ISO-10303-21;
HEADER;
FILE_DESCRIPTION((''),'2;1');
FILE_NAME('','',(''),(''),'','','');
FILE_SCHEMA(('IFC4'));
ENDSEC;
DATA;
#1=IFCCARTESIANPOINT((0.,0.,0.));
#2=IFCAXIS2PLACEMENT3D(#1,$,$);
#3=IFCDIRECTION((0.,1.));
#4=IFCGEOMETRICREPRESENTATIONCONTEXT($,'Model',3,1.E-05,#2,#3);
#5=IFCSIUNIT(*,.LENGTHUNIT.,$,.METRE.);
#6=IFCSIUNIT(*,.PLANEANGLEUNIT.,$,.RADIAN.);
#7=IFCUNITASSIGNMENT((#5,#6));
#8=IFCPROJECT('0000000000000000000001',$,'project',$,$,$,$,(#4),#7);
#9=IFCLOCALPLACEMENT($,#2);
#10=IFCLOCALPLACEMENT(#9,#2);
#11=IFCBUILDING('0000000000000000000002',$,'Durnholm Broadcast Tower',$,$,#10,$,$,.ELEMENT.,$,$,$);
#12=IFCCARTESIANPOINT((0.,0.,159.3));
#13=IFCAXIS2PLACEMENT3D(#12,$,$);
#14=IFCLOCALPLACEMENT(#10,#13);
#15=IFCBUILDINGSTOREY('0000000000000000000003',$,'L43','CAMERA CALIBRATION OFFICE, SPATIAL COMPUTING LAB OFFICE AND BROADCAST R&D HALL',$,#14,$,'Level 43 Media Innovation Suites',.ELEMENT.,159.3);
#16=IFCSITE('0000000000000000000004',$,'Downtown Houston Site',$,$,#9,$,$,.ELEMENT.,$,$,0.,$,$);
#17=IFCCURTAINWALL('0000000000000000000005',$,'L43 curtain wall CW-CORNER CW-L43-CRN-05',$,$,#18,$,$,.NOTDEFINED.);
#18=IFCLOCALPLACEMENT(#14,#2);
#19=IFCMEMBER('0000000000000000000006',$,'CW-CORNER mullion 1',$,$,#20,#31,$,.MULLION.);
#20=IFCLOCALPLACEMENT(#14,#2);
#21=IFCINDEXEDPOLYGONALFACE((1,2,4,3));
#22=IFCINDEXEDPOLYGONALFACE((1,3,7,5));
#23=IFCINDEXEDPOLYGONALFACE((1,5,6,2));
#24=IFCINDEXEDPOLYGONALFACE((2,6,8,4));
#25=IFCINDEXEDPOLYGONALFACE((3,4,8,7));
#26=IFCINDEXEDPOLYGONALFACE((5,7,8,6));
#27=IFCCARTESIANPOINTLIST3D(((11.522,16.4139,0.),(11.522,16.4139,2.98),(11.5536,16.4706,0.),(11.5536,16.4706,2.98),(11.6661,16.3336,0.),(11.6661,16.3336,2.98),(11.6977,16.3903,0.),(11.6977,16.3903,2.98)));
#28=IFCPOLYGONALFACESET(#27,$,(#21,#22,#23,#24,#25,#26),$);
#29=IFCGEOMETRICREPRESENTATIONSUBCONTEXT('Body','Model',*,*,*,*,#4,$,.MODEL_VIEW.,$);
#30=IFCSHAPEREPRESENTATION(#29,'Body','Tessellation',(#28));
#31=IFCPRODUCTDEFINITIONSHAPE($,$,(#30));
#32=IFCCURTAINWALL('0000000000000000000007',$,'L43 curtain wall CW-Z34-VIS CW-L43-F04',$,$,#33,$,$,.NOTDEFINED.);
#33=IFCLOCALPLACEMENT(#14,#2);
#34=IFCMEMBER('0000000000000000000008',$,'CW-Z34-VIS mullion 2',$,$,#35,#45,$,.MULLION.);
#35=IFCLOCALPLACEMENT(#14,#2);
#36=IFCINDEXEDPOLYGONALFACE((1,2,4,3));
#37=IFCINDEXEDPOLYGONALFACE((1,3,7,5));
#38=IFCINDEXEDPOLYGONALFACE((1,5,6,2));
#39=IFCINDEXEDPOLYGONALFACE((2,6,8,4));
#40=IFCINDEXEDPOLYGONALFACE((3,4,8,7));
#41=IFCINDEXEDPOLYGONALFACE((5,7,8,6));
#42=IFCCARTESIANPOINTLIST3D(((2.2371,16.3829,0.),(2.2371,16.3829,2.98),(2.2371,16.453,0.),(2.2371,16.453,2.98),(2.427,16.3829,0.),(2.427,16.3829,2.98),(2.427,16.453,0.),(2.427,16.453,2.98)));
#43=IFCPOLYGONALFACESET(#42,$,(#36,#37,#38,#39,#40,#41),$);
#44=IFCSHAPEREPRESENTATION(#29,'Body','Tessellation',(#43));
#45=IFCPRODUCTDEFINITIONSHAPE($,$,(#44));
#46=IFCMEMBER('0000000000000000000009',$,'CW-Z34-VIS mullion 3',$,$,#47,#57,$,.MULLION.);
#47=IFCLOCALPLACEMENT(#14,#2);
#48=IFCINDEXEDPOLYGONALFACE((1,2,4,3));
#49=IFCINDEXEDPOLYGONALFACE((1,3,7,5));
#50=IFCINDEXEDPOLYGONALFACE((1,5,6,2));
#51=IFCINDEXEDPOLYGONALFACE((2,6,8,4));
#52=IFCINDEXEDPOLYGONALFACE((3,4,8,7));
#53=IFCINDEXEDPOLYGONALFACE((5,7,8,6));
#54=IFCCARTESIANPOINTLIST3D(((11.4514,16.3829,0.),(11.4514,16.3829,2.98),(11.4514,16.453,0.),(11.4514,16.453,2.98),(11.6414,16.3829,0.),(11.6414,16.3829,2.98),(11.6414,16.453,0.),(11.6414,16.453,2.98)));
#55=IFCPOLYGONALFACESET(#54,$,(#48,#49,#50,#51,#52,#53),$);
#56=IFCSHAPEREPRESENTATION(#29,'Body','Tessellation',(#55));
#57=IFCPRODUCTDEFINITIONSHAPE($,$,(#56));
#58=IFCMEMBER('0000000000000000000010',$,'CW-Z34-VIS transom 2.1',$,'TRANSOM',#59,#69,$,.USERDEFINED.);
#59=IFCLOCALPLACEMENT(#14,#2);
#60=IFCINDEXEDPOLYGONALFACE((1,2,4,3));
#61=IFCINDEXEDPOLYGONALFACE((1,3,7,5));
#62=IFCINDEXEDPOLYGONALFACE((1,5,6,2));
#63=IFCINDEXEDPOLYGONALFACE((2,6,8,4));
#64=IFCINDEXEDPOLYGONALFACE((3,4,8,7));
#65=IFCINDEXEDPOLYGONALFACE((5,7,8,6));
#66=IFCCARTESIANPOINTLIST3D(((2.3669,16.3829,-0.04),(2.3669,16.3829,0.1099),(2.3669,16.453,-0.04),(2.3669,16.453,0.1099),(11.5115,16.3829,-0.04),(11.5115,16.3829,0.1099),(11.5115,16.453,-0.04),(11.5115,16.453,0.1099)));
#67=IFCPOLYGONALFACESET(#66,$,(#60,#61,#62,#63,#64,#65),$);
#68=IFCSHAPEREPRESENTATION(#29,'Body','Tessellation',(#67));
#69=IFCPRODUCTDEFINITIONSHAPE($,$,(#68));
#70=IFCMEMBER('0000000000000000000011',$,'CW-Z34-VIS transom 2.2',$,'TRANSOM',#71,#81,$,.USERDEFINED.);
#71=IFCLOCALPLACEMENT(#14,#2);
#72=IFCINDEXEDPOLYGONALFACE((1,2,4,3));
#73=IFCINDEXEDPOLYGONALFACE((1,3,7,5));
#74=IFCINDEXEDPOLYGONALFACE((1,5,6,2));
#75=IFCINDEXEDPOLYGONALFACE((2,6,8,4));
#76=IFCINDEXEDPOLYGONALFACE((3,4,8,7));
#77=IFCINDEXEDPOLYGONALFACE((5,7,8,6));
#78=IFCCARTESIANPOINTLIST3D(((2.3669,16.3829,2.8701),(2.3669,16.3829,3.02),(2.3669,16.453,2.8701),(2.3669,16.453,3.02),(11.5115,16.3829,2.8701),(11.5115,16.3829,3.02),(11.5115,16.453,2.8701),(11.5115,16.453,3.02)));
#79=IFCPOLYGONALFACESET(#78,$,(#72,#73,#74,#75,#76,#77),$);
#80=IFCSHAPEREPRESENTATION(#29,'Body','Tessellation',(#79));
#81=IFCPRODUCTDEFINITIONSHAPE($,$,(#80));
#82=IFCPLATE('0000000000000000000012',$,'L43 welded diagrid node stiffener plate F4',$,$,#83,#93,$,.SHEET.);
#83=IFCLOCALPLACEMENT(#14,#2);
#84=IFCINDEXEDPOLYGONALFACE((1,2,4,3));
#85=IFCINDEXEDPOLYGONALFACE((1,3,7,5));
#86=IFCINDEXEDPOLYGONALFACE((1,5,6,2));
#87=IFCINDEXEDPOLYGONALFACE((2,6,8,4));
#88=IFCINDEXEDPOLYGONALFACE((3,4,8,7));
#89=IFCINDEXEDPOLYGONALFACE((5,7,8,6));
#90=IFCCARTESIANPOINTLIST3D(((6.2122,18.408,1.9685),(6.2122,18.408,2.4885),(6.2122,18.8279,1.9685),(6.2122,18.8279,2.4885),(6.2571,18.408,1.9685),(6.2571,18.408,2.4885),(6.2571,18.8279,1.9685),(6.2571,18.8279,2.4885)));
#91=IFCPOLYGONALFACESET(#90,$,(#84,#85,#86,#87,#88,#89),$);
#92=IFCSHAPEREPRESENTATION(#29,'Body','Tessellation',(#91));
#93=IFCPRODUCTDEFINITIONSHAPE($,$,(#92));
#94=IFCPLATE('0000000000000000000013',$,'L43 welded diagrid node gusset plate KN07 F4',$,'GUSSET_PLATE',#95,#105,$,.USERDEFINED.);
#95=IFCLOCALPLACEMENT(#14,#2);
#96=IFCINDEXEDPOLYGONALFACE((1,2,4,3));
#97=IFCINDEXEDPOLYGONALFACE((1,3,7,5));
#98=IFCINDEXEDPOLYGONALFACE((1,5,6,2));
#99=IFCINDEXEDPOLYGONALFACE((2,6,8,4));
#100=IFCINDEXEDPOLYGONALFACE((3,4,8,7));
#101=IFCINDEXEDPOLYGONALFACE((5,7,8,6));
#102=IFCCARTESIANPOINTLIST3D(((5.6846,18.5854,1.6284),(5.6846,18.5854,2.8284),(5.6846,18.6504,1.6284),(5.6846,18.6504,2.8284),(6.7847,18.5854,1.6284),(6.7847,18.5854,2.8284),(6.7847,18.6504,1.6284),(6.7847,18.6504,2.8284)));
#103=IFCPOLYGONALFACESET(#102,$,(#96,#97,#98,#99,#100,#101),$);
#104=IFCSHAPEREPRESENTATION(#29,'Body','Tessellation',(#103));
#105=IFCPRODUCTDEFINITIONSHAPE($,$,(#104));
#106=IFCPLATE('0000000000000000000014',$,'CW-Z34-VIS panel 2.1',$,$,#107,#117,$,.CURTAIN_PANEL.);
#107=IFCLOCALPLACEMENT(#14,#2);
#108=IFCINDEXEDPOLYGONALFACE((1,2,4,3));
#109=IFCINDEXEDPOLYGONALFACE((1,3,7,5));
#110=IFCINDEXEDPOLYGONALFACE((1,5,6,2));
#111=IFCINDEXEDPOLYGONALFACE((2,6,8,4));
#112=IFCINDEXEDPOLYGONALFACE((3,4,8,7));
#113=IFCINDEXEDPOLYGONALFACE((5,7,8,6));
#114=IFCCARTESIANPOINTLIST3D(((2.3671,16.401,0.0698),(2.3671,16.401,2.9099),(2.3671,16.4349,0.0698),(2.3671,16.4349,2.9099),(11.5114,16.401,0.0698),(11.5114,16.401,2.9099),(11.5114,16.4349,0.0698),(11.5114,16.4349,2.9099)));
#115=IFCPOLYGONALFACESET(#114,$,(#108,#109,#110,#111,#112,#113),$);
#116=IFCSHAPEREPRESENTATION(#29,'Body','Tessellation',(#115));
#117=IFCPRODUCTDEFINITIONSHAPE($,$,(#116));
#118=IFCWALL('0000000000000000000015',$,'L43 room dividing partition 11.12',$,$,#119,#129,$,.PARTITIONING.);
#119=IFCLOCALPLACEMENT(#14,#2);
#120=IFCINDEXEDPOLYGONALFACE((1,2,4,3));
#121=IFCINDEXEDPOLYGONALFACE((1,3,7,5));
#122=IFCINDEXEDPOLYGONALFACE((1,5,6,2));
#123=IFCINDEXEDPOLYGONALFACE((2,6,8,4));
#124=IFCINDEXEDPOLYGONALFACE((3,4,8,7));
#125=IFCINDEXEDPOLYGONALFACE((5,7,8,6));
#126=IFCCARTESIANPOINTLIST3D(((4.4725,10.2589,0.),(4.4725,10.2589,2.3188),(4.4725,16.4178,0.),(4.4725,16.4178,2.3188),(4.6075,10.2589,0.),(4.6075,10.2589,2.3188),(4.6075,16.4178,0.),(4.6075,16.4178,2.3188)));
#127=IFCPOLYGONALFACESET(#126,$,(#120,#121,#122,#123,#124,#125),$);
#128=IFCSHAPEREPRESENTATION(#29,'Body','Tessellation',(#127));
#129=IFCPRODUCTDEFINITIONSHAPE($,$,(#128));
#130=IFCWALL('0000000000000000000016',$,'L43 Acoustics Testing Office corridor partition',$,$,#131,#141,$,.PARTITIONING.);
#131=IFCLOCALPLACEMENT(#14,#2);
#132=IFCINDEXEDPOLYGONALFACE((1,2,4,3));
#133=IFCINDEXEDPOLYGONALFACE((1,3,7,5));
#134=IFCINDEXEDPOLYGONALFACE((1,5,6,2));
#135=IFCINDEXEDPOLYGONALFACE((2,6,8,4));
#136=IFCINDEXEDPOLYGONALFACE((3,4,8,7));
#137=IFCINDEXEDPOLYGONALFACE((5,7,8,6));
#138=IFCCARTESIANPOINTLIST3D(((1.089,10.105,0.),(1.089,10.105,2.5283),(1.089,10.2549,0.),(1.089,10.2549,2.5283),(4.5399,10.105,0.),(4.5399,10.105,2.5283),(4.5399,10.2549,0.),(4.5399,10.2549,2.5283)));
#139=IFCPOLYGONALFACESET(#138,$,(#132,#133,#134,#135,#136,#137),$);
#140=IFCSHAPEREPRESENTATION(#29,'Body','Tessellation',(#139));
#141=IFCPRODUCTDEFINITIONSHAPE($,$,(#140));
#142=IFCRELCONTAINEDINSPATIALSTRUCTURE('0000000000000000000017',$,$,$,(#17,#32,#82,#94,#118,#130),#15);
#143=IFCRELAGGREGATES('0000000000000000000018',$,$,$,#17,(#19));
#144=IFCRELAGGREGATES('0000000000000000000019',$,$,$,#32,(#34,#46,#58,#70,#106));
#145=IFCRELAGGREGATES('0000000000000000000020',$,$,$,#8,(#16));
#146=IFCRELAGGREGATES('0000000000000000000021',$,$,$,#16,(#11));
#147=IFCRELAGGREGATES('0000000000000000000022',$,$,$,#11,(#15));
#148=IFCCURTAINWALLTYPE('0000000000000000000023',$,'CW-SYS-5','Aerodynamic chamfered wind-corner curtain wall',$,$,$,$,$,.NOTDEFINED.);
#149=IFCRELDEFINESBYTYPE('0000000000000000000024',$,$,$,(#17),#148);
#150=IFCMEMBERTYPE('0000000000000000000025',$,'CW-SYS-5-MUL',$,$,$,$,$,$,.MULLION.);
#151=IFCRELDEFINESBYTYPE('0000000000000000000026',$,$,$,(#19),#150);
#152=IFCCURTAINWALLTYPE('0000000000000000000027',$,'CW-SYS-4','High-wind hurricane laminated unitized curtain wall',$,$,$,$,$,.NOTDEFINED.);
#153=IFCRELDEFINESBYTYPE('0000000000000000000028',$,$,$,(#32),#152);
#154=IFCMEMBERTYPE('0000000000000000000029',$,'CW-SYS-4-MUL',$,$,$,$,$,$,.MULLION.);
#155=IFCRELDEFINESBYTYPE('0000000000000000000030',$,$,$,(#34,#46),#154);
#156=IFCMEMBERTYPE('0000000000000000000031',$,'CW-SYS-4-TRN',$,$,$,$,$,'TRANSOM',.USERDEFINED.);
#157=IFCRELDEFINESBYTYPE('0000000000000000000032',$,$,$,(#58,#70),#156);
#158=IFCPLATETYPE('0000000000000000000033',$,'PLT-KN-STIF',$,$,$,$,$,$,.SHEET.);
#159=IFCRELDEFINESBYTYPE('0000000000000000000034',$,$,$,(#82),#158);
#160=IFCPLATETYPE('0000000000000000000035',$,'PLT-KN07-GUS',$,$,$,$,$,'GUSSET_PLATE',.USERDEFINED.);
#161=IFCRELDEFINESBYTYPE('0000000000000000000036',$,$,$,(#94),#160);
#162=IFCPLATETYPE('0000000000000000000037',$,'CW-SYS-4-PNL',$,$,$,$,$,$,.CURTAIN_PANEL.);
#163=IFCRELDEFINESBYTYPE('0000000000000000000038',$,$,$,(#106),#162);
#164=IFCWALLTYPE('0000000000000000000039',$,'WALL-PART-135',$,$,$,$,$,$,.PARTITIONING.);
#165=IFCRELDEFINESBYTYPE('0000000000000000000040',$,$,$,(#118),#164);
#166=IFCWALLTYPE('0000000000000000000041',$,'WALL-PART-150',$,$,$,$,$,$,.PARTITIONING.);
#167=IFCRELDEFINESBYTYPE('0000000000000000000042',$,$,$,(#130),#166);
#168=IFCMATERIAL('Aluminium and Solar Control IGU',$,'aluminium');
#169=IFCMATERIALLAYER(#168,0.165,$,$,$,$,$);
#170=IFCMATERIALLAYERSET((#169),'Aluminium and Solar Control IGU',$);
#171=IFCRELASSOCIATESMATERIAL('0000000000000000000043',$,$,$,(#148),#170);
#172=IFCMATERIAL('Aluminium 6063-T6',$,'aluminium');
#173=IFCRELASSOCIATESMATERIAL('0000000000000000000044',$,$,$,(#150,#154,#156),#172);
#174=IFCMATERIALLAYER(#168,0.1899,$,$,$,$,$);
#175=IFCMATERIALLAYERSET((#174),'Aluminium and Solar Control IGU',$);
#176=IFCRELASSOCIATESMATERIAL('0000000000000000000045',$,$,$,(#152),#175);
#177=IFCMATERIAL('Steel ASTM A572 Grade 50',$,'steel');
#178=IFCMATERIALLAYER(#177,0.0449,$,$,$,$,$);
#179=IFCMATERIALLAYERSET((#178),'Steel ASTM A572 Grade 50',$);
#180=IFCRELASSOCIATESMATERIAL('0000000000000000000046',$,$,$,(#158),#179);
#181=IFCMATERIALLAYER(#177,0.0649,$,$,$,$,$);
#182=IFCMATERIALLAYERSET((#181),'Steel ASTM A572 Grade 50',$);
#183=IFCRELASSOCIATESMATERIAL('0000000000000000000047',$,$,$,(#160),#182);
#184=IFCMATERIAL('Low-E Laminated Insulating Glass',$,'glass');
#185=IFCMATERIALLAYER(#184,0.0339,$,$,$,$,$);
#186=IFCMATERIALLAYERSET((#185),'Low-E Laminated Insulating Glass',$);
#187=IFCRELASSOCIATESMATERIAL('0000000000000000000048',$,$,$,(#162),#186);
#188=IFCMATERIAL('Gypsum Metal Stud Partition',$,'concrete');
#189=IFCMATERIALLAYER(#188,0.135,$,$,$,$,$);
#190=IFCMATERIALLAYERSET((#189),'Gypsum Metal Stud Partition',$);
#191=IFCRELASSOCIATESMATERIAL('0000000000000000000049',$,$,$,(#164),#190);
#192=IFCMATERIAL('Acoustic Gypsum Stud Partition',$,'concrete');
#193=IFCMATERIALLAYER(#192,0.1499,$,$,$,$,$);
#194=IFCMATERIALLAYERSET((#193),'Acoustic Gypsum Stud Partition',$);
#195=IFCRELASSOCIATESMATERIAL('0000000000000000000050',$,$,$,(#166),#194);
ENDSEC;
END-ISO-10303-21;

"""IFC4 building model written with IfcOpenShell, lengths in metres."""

from ifc_helpers import new_model, si_unit, direction, frame, frame_2d, origin, origin_2d, place, context, subcontext, project, spatial, rectangle, extrude, source, transform, mapped, material, layer, layer_set, material_profile, profile_set, type_object, type_shapes, element, aggregate, save


model = new_model("IFC4")

# Units and contexts
model_context = context("Model", 3, precision=1e-05, world=origin(), true_north=direction((0.0, 1.0)))
body_context = subcontext(model_context, "Body", "Model", "MODEL_VIEW")
ifc_project = project(units=[si_unit("LENGTHUNIT", "METRE"), si_unit("PLANEANGLEUNIT", "RADIAN")], contexts=[model_context])

# Site, building, storey
site_placement = place(None, origin())
site = spatial("IfcSite", under=ifc_project, at=site_placement, Name="Downtown Houston Site", CompositionType="ELEMENT", RefElevation=0.0)
building_placement = place(site_placement, origin())
building = spatial("IfcBuilding", under=site, at=building_placement, Name="Durnholm Broadcast Tower", CompositionType="ELEMENT")
storey_placement = place(building_placement, frame((0.0, 0.0, 159.3)))
storey = spatial("IfcBuildingStorey", under=building, at=storey_placement, Name="L43", Description="CAMERA CALIBRATION OFFICE, SPATIAL COMPUTING LAB OFFICE AND BROADCAST R&D HALL", LongName="Level 43 Media Innovation Suites", CompositionType="ELEMENT", Elevation=159.3)

# Curtain wall, member
ifc_material_1 = material(Name="Aluminium and Solar Control IGU", Category="aluminium")
ifc_layer_1 = layer(ifc_material_1, 0.165)
ifc_layer_set_1 = layer_set([ifc_layer_1], Name="Aluminium and Solar Control IGU")
curtain_wall_type_1 = type_object("IfcCurtainWallType", Name="CW-SYS-5", Description="Aerodynamic chamfered wind-corner curtain wall", PredefinedType="NOTDEFINED", material=ifc_layer_set_1)
curtain_wall_1_placement = place(storey_placement, origin())
curtain_wall_1 = element("IfcCurtainWall", 1, at=curtain_wall_1_placement, inside=storey, type_object=curtain_wall_type_1, Name="L43 curtain wall CW-CORNER CW-L43-CRN-05", PredefinedType="NOTDEFINED")
ifc_material_2 = material(Name="Aluminium 6063-T6", Category="aluminium")
ifc_material_profile_1 = material_profile(ifc_material_2, rectangle(XDim=0.0649, YDim=0.165, at=origin_2d()), Name="CWM65X165")
ifc_profile_set_1 = profile_set([ifc_material_profile_1], Name="Aluminium 6063-T6")
member_type_1 = type_object("IfcMemberType", Name="CW-SYS-5-MUL", PredefinedType="MULLION", material=ifc_profile_set_1)
shared_shape_1 = source(origin(), body_context, "Body", "SweptSolid", [
    extrude(rectangle(XDim=0.0649, YDim=0.165, at=origin_2d()), origin(), (0.0, 0.0, 1.0), 2.98),
])
type_shapes(member_type_1, [shared_shape_1])
member_1_placement = place(storey_placement, frame((11.6099, 16.4021, 0.0), z_axis=(0.0, 0.0, 1.0), x_axis=(0.486986, 0.87341, 0.0)))
member_1 = element("IfcMember", 2, at=member_1_placement, type_object=member_type_1, Name="CW-CORNER mullion 1", PredefinedType="MULLION", context=body_context, shape_type="MappedRepresentation", body=[
    mapped(shared_shape_1, transform((0.0, 0.0, 0.0), x_axis=(1.0, 0.0, 0.0), y_axis=(0.0, 1.0, 0.0), z_axis=(0.0, 0.0, 1.0), scale=1.0)),
])
aggregate(curtain_wall_1, [member_1])

# Curtain wall, members
ifc_layer_2 = layer(ifc_material_1, 0.1899)
ifc_layer_set_2 = layer_set([ifc_layer_2], Name="Aluminium and Solar Control IGU")
curtain_wall_type_2 = type_object("IfcCurtainWallType", Name="CW-SYS-4", Description="High-wind hurricane laminated unitized curtain wall", PredefinedType="NOTDEFINED", material=ifc_layer_set_2)
curtain_wall_2_placement = place(storey_placement, origin())
curtain_wall_2 = element("IfcCurtainWall", 3, at=curtain_wall_2_placement, inside=storey, type_object=curtain_wall_type_2, Name="L43 curtain wall CW-Z34-VIS CW-L43-F04", PredefinedType="NOTDEFINED")
ifc_material_profile_2 = material_profile(ifc_material_2, rectangle(XDim=0.0701, YDim=0.1899, at=origin_2d()), Name="CWM70X190")
ifc_profile_set_2 = profile_set([ifc_material_profile_2], Name="Aluminium 6063-T6")
member_type_2 = type_object("IfcMemberType", Name="CW-SYS-4-MUL", PredefinedType="MULLION", material=ifc_profile_set_2)
shared_shape_2 = source(origin(), body_context, "Body", "SweptSolid", [
    extrude(rectangle(XDim=0.0701, YDim=0.1899, at=origin_2d()), origin(), (0.0, 0.0, 1.0), 2.98),
])
type_shapes(member_type_2, [shared_shape_2])
member_2_placement = place(storey_placement, frame((2.332, 16.418, 0.0), z_axis=(0.0, 0.0, 1.0), x_axis=(0.0, 1.0, 0.0)))
member_2 = element("IfcMember", 4, at=member_2_placement, type_object=member_type_2, Name="CW-Z34-VIS mullion 2", PredefinedType="MULLION", context=body_context, shape_type="MappedRepresentation", body=[
    mapped(shared_shape_2, transform((0.0, 0.0, 0.0), x_axis=(1.0, 0.0, 0.0), y_axis=(0.0, 1.0, 0.0), z_axis=(0.0, 0.0, 1.0), scale=1.0)),
])
member_3_placement = place(storey_placement, frame((11.5464, 16.418, 0.0), z_axis=(0.0, 0.0, 1.0), x_axis=(0.0, 1.0, 0.0)))
member_3 = element("IfcMember", 5, at=member_3_placement, type_object=member_type_2, Name="CW-Z34-VIS mullion 3", PredefinedType="MULLION", context=body_context, shape_type="MappedRepresentation", body=[
    mapped(shared_shape_2, transform((0.0, 0.0, 0.0), x_axis=(1.0, 0.0, 0.0), y_axis=(0.0, 1.0, 0.0), z_axis=(0.0, 0.0, 1.0), scale=1.0)),
])
ifc_material_profile_3 = material_profile(ifc_material_2, rectangle(XDim=0.0701, YDim=0.1499, at=origin_2d()), Name="CWT70X150")
ifc_profile_set_3 = profile_set([ifc_material_profile_3], Name="Aluminium 6063-T6")
member_type_3 = type_object("IfcMemberType", Name="CW-SYS-4-TRN", ElementType="TRANSOM", PredefinedType="USERDEFINED", material=ifc_profile_set_3)
shared_shape_3 = source(origin(), body_context, "Body", "SweptSolid", [
    extrude(rectangle(XDim=0.0701, YDim=0.1499, at=origin_2d()), origin(), (0.0, 0.0, 1.0), 9.1445),
])
type_shapes(member_type_3, [shared_shape_3])
member_4_placement = place(storey_placement, frame((2.3669, 16.418, 0.0349), z_axis=(1.0, 0.0, 0.0), x_axis=(0.0, 1.0, 0.0)))
member_4 = element("IfcMember", 6, at=member_4_placement, type_object=member_type_3, Name="CW-Z34-VIS transom 2.1", ObjectType="TRANSOM", PredefinedType="USERDEFINED", context=body_context, shape_type="MappedRepresentation", body=[
    mapped(shared_shape_3, transform((0.0, 0.0, 0.0), x_axis=(1.0, 0.0, 0.0), y_axis=(0.0, 1.0, 0.0), z_axis=(0.0, 0.0, 1.0), scale=1.0)),
])
member_5_placement = place(storey_placement, frame((2.3669, 16.418, 2.9451), z_axis=(1.0, 0.0, 0.0), x_axis=(0.0, 1.0, 0.0)))
member_5 = element("IfcMember", 7, at=member_5_placement, type_object=member_type_3, Name="CW-Z34-VIS transom 2.2", ObjectType="TRANSOM", PredefinedType="USERDEFINED", context=body_context, shape_type="MappedRepresentation", body=[
    mapped(shared_shape_3, transform((0.0, 0.0, 0.0), x_axis=(1.0, 0.0, 0.0), y_axis=(0.0, 1.0, 0.0), z_axis=(0.0, 0.0, 1.0), scale=1.0)),
])

# Plates
ifc_material_3 = material(Name="Steel ASTM A572 Grade 50", Category="steel")
ifc_layer_3 = layer(ifc_material_3, 0.0449)
ifc_layer_set_3 = layer_set([ifc_layer_3], Name="Steel ASTM A572 Grade 50")
plate_type_1 = type_object("IfcPlateType", Name="PLT-KN-STIF", PredefinedType="SHEET", material=ifc_layer_set_3)
shared_shape_4 = source(origin(), body_context, "Body", "SweptSolid", [
    extrude(rectangle(XDim=0.0449, YDim=0.4199, at=origin_2d()), origin(), (0.0, 0.0, 1.0), 0.52),
])
type_shapes(plate_type_1, [shared_shape_4])
plate_1_placement = place(storey_placement, frame((6.2346, 18.6179, 1.9685), z_axis=(0.0, 0.0, 1.0), x_axis=(-1.0, 0.0, 0.0)))
element("IfcPlate", 8, at=plate_1_placement, inside=storey, type_object=plate_type_1, Name="L43 welded diagrid node stiffener plate F4", PredefinedType="SHEET", context=body_context, shape_type="MappedRepresentation", body=[
    mapped(shared_shape_4, transform((0.0, 0.0, 0.0), x_axis=(1.0, 0.0, 0.0), y_axis=(0.0, 1.0, 0.0), z_axis=(0.0, 0.0, 1.0), scale=1.0)),
])
ifc_layer_4 = layer(ifc_material_3, 0.0649)
ifc_layer_set_4 = layer_set([ifc_layer_4], Name="Steel ASTM A572 Grade 50")
plate_type_2 = type_object("IfcPlateType", Name="PLT-KN07-GUS", ElementType="GUSSET_PLATE", PredefinedType="USERDEFINED", material=ifc_layer_set_4)
shared_shape_5 = source(origin(), body_context, "Body", "SweptSolid", [
    extrude(rectangle(XDim=1.1001, YDim=0.0649, at=origin_2d()), origin(), (0.0, 0.0, 1.0), 1.2),
])
type_shapes(plate_type_2, [shared_shape_5])
plate_2_placement = place(storey_placement, frame((6.2346, 18.6179, 1.6284), z_axis=(0.0, 0.0, 1.0), x_axis=(-1.0, 0.0, 0.0)))
element("IfcPlate", 9, at=plate_2_placement, inside=storey, type_object=plate_type_2, Name="L43 welded diagrid node gusset plate KN07 F4", ObjectType="GUSSET_PLATE", PredefinedType="USERDEFINED", context=body_context, shape_type="MappedRepresentation", body=[
    mapped(shared_shape_5, transform((0.0, 0.0, 0.0), x_axis=(1.0, 0.0, 0.0), y_axis=(0.0, 1.0, 0.0), z_axis=(0.0, 0.0, 1.0), scale=1.0)),
])

# Plate
ifc_material_4 = material(Name="Low-E Laminated Insulating Glass", Category="glass")
ifc_layer_5 = layer(ifc_material_4, 0.0339)
ifc_layer_set_5 = layer_set([ifc_layer_5], Name="Low-E Laminated Insulating Glass")
plate_type_3 = type_object("IfcPlateType", Name="CW-SYS-4-PNL", PredefinedType="CURTAIN_PANEL", material=ifc_layer_set_5)
shared_shape_6 = source(origin(), body_context, "Body", "SweptSolid", [
    extrude(rectangle(XDim=9.1443, YDim=0.0339, at=origin_2d()), origin(), (0.0, 0.0, 1.0), 2.8401),
])
type_shapes(plate_type_3, [shared_shape_6])
plate_3_placement = place(storey_placement, frame((6.9392, 16.418, 0.0698), z_axis=(0.0, 0.0, 1.0), x_axis=(1.0, 0.0, 0.0)))
plate_3 = element("IfcPlate", 10, at=plate_3_placement, type_object=plate_type_3, Name="CW-Z34-VIS panel 2.1", PredefinedType="CURTAIN_PANEL", context=body_context, shape_type="MappedRepresentation", body=[
    mapped(shared_shape_6, transform((0.0, 0.0, 0.0), x_axis=(1.0, 0.0, 0.0), y_axis=(0.0, 1.0, 0.0), z_axis=(0.0, 0.0, 1.0), scale=1.0)),
])
aggregate(curtain_wall_2, [member_2, member_3, member_4, member_5, plate_3])

# Walls
ifc_material_5 = material(Name="Gypsum Metal Stud Partition", Category="concrete")
ifc_layer_6 = layer(ifc_material_5, 0.135)
ifc_layer_set_6 = layer_set([ifc_layer_6], Name="Gypsum Metal Stud Partition")
wall_type_1 = type_object("IfcWallType", Name="WALL-PART-135", PredefinedType="PARTITIONING", material=ifc_layer_set_6)
wall_1_placement = place(storey_placement, frame((4.54, 16.418, 0.0), z_axis=(0.0, 0.0, 1.0), x_axis=(0.0, -1.0, 0.0)))
element("IfcWall", 11, at=wall_1_placement, inside=storey, type_object=wall_type_1, Name="L43 room dividing partition 11.12", PredefinedType="PARTITIONING", context=body_context, shape_type="SweptSolid", body=[
    extrude(rectangle(XDim=6.1589, YDim=0.135, at=frame_2d((3.0796, 0.0))), origin(), (0.0, 0.0, 1.0), 2.3188),
])
ifc_material_6 = material(Name="Acoustic Gypsum Stud Partition", Category="concrete")
ifc_layer_7 = layer(ifc_material_6, 0.1499)
ifc_layer_set_7 = layer_set([ifc_layer_7], Name="Acoustic Gypsum Stud Partition")
wall_type_2 = type_object("IfcWallType", Name="WALL-PART-150", PredefinedType="PARTITIONING", material=ifc_layer_set_7)
wall_2_placement = place(storey_placement, frame((4.54, 10.1799, 0.0), z_axis=(0.0, 0.0, 1.0), x_axis=(-1.0, 0.0, 0.0)))
element("IfcWall", 12, at=wall_2_placement, inside=storey, type_object=wall_type_2, Name="L43 Acoustics Testing Office corridor partition", PredefinedType="PARTITIONING", context=body_context, shape_type="SweptSolid", body=[
    extrude(rectangle(XDim=3.4509, YDim=0.1499, at=frame_2d((1.7256, 0.0))), origin(), (0.0, 0.0, 1.0), 2.5283),
])

save(model, "model.ifc")
